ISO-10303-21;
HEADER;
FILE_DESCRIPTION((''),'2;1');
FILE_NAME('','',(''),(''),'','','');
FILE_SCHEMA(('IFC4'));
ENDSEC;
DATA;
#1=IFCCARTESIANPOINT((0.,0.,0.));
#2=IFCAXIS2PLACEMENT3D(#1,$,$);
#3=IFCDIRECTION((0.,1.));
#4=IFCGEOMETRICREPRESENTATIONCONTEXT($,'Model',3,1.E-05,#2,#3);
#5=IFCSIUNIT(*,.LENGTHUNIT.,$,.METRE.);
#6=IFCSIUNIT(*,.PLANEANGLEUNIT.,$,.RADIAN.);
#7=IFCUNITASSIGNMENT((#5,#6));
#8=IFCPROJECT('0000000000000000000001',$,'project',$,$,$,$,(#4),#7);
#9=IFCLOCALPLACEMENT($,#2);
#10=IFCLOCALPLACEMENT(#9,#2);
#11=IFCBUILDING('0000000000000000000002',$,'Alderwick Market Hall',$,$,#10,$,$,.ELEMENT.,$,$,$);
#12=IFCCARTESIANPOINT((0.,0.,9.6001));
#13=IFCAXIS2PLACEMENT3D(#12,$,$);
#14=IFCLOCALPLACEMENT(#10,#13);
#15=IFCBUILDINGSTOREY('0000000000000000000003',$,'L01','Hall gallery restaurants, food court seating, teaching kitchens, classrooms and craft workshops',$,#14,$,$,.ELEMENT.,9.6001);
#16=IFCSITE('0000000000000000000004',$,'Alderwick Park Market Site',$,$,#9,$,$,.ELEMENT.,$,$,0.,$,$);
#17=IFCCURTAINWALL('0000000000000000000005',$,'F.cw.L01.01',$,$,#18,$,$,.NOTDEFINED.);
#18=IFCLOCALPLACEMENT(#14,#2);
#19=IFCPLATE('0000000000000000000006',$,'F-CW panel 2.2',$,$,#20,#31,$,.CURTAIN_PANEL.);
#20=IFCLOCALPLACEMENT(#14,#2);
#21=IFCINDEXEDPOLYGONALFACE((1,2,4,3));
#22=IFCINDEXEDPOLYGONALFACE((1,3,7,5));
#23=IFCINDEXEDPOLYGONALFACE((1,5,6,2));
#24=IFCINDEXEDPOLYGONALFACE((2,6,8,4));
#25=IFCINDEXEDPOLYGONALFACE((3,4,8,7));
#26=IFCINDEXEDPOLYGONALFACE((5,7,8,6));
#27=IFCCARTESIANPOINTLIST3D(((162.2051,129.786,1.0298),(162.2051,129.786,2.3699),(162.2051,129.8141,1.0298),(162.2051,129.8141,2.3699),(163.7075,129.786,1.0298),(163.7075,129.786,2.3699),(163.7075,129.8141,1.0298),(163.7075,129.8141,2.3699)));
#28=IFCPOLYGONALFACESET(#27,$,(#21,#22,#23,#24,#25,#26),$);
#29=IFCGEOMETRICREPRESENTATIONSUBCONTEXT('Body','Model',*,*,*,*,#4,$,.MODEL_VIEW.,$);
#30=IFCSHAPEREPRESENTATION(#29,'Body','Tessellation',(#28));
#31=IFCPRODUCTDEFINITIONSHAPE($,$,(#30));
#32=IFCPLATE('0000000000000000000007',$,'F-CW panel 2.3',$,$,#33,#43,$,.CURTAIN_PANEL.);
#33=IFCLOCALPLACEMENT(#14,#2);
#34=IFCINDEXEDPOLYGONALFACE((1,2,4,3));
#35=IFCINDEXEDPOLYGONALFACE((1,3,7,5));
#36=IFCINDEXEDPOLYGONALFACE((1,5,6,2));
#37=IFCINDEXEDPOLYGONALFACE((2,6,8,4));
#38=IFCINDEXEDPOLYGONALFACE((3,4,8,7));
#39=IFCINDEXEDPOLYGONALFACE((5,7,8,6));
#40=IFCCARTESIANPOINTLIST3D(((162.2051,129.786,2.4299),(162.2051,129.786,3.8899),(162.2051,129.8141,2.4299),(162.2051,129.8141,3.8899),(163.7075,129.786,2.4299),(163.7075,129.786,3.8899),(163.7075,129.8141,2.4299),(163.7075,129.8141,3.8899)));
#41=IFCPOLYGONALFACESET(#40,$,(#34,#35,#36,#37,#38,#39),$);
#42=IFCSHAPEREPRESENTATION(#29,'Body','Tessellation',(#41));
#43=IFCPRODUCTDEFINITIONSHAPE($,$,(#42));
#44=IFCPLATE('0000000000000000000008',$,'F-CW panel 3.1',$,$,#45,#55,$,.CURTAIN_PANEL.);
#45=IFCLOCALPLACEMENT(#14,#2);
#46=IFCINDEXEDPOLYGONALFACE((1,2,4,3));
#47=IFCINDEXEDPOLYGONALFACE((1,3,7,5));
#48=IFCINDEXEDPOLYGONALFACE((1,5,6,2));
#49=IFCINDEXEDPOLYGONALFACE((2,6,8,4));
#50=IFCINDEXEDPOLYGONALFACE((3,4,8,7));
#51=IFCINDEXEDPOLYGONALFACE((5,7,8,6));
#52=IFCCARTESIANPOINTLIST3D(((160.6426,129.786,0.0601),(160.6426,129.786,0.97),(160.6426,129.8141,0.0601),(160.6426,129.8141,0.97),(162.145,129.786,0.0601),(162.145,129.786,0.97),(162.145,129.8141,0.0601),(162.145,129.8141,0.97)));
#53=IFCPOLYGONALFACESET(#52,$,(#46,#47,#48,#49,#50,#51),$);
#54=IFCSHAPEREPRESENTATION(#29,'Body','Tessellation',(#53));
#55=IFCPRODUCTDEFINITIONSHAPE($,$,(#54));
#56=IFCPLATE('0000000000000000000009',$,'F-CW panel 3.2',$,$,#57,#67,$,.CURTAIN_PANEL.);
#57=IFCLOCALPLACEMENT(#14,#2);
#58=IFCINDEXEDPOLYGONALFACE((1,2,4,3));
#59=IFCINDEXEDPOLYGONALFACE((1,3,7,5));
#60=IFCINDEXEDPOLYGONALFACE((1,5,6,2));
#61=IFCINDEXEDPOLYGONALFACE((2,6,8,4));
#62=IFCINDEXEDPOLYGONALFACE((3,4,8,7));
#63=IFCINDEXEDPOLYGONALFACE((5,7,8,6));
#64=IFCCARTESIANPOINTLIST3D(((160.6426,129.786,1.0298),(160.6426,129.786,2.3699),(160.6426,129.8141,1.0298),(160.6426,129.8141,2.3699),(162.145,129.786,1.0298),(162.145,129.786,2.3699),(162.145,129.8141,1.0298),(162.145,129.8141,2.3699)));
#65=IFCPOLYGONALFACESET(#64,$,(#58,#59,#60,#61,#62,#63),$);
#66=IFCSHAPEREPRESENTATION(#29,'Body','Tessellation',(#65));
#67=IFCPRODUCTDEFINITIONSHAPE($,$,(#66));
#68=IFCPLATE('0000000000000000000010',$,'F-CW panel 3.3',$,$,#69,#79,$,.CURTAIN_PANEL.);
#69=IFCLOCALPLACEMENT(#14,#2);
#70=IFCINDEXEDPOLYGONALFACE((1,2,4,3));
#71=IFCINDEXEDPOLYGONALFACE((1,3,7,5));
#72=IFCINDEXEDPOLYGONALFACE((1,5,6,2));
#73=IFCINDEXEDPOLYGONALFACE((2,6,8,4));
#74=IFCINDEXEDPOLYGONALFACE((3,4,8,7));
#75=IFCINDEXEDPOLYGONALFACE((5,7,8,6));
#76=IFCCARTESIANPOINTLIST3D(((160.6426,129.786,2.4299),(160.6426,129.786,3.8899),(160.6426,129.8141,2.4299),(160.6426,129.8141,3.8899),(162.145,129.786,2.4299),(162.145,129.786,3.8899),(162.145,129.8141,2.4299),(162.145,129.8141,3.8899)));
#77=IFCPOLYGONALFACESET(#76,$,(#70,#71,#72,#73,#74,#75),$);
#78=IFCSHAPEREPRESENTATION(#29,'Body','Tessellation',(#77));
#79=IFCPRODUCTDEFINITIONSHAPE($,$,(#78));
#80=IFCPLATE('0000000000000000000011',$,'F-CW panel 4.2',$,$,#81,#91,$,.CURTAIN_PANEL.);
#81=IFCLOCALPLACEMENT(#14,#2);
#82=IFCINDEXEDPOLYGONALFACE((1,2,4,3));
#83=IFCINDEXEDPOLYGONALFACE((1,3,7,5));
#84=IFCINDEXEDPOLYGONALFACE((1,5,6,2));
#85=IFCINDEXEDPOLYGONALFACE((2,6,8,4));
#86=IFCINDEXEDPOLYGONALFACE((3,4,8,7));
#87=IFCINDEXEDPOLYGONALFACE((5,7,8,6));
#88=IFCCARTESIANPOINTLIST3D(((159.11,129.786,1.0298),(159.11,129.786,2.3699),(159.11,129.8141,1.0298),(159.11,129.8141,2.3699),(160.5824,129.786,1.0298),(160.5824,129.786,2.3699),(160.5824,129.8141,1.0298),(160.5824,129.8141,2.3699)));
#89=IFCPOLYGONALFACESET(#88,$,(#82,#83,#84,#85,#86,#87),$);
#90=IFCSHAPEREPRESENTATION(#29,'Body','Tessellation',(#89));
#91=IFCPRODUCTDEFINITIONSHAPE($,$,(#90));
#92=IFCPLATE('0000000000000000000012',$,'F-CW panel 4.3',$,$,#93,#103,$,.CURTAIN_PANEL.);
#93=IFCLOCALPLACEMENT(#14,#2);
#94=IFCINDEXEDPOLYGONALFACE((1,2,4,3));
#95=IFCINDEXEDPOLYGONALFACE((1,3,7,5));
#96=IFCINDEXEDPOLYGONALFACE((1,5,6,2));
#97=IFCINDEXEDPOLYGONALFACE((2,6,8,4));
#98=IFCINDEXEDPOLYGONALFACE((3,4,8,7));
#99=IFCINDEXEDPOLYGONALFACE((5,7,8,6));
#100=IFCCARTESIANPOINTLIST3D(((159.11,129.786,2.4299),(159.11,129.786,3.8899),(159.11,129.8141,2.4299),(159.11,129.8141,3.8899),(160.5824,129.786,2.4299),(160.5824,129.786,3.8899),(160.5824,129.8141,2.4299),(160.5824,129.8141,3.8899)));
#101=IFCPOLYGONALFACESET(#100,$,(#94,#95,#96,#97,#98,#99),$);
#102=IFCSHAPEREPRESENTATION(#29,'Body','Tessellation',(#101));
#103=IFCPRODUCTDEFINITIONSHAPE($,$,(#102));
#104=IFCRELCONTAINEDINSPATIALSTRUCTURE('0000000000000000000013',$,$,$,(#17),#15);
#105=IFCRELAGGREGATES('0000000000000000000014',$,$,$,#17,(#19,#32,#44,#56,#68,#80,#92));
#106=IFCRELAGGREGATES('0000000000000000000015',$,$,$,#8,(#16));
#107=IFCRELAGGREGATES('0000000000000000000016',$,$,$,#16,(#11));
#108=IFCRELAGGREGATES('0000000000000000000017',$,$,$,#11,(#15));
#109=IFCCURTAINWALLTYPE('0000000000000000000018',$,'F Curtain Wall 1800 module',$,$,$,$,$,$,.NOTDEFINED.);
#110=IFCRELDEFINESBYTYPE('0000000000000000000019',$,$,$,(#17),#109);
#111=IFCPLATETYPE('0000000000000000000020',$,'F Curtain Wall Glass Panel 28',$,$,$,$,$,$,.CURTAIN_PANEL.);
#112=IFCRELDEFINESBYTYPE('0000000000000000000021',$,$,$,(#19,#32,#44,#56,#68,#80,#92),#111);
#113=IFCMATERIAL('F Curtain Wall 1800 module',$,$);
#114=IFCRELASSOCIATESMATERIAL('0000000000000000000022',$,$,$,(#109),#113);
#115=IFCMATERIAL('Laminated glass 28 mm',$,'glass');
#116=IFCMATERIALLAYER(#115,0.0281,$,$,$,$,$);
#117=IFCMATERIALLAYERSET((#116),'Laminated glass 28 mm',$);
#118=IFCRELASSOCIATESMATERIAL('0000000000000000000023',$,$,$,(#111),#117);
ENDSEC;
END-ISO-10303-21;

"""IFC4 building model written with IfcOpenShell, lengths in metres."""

from ifc_helpers import new_model, si_unit, direction, frame, origin, origin_2d, place, context, subcontext, project, spatial, rectangle, extrude, material, layer, layer_set, type_object, element, aggregate, save


model = new_model("IFC4")

# Units and contexts
model_context = context("Model", 3, precision=1e-05, world=origin(), true_north=direction((0.0, 1.0)))
body_context = subcontext(model_context, "Body", "Model", "MODEL_VIEW")
ifc_project = project(units=[si_unit("LENGTHUNIT", "METRE"), si_unit("PLANEANGLEUNIT", "RADIAN")], contexts=[model_context])

# Site, building, storey
site_placement = place(None, origin())
site = spatial("IfcSite", under=ifc_project, at=site_placement, Name="Alderwick Park Market Site", CompositionType="ELEMENT", RefElevation=0.0)
building_placement = place(site_placement, origin())
building = spatial("IfcBuilding", under=site, at=building_placement, Name="Alderwick Market Hall", CompositionType="ELEMENT")
storey_placement = place(building_placement, frame((0.0, 0.0, 9.6001)))
storey = spatial("IfcBuildingStorey", under=building, at=storey_placement, Name="L01", Description="Hall gallery restaurants, food court seating, teaching kitchens, classrooms and craft workshops", CompositionType="ELEMENT", Elevation=9.6001)

# Curtain wall, plates
ifc_material_1 = material(Name="F Curtain Wall 1800 module")
curtain_wall_type = type_object("IfcCurtainWallType", Name="F Curtain Wall 1800 module", PredefinedType="NOTDEFINED", material=ifc_material_1)
curtain_wall_placement = place(storey_placement, origin())
curtain_wall = element("IfcCurtainWall", 1, at=curtain_wall_placement, inside=storey, type_object=curtain_wall_type, Name="F.cw.L01.01", PredefinedType="NOTDEFINED")
ifc_material_2 = material(Name="Laminated glass 28 mm", Category="glass")
ifc_layer = layer(ifc_material_2, 0.0281)
ifc_layer_set = layer_set([ifc_layer], Name="Laminated glass 28 mm")
plate_type = type_object("IfcPlateType", Name="F Curtain Wall Glass Panel 28", PredefinedType="CURTAIN_PANEL", material=ifc_layer_set)
plate_1_placement = place(storey_placement, frame((162.9563, 129.8, 1.0298), z_axis=(0.0, 0.0, 1.0), x_axis=(-1.0, 0.0, 0.0)))
plate_1 = element("IfcPlate", 2, at=plate_1_placement, type_object=plate_type, Name="F-CW panel 2.2", PredefinedType="CURTAIN_PANEL", context=body_context, shape_type="SweptSolid", body=[
    extrude(rectangle(XDim=1.5024, YDim=0.0281, at=origin_2d()), origin(), (0.0, 0.0, 1.0), 1.3401),
])
plate_2_placement = place(storey_placement, frame((162.9563, 129.8, 2.4299), z_axis=(0.0, 0.0, 1.0), x_axis=(-1.0, 0.0, 0.0)))
plate_2 = element("IfcPlate", 3, at=plate_2_placement, type_object=plate_type, Name="F-CW panel 2.3", PredefinedType="CURTAIN_PANEL", context=body_context, shape_type="SweptSolid", body=[
    extrude(rectangle(XDim=1.5024, YDim=0.0281, at=origin_2d()), origin(), (0.0, 0.0, 1.0), 1.46),
])
plate_3_placement = place(storey_placement, frame((161.3938, 129.8, 0.0601), z_axis=(0.0, 0.0, 1.0), x_axis=(-1.0, 0.0, 0.0)))
plate_3 = element("IfcPlate", 4, at=plate_3_placement, type_object=plate_type, Name="F-CW panel 3.1", PredefinedType="CURTAIN_PANEL", context=body_context, shape_type="SweptSolid", body=[
    extrude(rectangle(XDim=1.5024, YDim=0.0281, at=origin_2d()), origin(), (0.0, 0.0, 1.0), 0.9099),
])
plate_4_placement = place(storey_placement, frame((161.3938, 129.8, 1.0298), z_axis=(0.0, 0.0, 1.0), x_axis=(-1.0, 0.0, 0.0)))
plate_4 = element("IfcPlate", 5, at=plate_4_placement, type_object=plate_type, Name="F-CW panel 3.2", PredefinedType="CURTAIN_PANEL", context=body_context, shape_type="SweptSolid", body=[
    extrude(rectangle(XDim=1.5024, YDim=0.0281, at=origin_2d()), origin(), (0.0, 0.0, 1.0), 1.3401),
])
plate_5_placement = place(storey_placement, frame((161.3938, 129.8, 2.4299), z_axis=(0.0, 0.0, 1.0), x_axis=(-1.0, 0.0, 0.0)))
plate_5 = element("IfcPlate", 6, at=plate_5_placement, type_object=plate_type, Name="F-CW panel 3.3", PredefinedType="CURTAIN_PANEL", context=body_context, shape_type="SweptSolid", body=[
    extrude(rectangle(XDim=1.5024, YDim=0.0281, at=origin_2d()), origin(), (0.0, 0.0, 1.0), 1.46),
])
plate_6_placement = place(storey_placement, frame((159.8462, 129.8, 1.0298), z_axis=(0.0, 0.0, 1.0), x_axis=(-1.0, 0.0, 0.0)))
plate_6 = element("IfcPlate", 7, at=plate_6_placement, type_object=plate_type, Name="F-CW panel 4.2", PredefinedType="CURTAIN_PANEL", context=body_context, shape_type="SweptSolid", body=[
    extrude(rectangle(XDim=1.4724, YDim=0.0281, at=origin_2d()), origin(), (0.0, 0.0, 1.0), 1.3401),
])
plate_7_placement = place(storey_placement, frame((159.8462, 129.8, 2.4299), z_axis=(0.0, 0.0, 1.0), x_axis=(-1.0, 0.0, 0.0)))
plate_7 = element("IfcPlate", 8, at=plate_7_placement, type_object=plate_type, Name="F-CW panel 4.3", PredefinedType="CURTAIN_PANEL", context=body_context, shape_type="SweptSolid", body=[
    extrude(rectangle(XDim=1.4724, YDim=0.0281, at=origin_2d()), origin(), (0.0, 0.0, 1.0), 1.46),
])
aggregate(curtain_wall, [plate_1, plate_2, plate_3, plate_4, plate_5, plate_6, plate_7])

save(model, "model.ifc")
